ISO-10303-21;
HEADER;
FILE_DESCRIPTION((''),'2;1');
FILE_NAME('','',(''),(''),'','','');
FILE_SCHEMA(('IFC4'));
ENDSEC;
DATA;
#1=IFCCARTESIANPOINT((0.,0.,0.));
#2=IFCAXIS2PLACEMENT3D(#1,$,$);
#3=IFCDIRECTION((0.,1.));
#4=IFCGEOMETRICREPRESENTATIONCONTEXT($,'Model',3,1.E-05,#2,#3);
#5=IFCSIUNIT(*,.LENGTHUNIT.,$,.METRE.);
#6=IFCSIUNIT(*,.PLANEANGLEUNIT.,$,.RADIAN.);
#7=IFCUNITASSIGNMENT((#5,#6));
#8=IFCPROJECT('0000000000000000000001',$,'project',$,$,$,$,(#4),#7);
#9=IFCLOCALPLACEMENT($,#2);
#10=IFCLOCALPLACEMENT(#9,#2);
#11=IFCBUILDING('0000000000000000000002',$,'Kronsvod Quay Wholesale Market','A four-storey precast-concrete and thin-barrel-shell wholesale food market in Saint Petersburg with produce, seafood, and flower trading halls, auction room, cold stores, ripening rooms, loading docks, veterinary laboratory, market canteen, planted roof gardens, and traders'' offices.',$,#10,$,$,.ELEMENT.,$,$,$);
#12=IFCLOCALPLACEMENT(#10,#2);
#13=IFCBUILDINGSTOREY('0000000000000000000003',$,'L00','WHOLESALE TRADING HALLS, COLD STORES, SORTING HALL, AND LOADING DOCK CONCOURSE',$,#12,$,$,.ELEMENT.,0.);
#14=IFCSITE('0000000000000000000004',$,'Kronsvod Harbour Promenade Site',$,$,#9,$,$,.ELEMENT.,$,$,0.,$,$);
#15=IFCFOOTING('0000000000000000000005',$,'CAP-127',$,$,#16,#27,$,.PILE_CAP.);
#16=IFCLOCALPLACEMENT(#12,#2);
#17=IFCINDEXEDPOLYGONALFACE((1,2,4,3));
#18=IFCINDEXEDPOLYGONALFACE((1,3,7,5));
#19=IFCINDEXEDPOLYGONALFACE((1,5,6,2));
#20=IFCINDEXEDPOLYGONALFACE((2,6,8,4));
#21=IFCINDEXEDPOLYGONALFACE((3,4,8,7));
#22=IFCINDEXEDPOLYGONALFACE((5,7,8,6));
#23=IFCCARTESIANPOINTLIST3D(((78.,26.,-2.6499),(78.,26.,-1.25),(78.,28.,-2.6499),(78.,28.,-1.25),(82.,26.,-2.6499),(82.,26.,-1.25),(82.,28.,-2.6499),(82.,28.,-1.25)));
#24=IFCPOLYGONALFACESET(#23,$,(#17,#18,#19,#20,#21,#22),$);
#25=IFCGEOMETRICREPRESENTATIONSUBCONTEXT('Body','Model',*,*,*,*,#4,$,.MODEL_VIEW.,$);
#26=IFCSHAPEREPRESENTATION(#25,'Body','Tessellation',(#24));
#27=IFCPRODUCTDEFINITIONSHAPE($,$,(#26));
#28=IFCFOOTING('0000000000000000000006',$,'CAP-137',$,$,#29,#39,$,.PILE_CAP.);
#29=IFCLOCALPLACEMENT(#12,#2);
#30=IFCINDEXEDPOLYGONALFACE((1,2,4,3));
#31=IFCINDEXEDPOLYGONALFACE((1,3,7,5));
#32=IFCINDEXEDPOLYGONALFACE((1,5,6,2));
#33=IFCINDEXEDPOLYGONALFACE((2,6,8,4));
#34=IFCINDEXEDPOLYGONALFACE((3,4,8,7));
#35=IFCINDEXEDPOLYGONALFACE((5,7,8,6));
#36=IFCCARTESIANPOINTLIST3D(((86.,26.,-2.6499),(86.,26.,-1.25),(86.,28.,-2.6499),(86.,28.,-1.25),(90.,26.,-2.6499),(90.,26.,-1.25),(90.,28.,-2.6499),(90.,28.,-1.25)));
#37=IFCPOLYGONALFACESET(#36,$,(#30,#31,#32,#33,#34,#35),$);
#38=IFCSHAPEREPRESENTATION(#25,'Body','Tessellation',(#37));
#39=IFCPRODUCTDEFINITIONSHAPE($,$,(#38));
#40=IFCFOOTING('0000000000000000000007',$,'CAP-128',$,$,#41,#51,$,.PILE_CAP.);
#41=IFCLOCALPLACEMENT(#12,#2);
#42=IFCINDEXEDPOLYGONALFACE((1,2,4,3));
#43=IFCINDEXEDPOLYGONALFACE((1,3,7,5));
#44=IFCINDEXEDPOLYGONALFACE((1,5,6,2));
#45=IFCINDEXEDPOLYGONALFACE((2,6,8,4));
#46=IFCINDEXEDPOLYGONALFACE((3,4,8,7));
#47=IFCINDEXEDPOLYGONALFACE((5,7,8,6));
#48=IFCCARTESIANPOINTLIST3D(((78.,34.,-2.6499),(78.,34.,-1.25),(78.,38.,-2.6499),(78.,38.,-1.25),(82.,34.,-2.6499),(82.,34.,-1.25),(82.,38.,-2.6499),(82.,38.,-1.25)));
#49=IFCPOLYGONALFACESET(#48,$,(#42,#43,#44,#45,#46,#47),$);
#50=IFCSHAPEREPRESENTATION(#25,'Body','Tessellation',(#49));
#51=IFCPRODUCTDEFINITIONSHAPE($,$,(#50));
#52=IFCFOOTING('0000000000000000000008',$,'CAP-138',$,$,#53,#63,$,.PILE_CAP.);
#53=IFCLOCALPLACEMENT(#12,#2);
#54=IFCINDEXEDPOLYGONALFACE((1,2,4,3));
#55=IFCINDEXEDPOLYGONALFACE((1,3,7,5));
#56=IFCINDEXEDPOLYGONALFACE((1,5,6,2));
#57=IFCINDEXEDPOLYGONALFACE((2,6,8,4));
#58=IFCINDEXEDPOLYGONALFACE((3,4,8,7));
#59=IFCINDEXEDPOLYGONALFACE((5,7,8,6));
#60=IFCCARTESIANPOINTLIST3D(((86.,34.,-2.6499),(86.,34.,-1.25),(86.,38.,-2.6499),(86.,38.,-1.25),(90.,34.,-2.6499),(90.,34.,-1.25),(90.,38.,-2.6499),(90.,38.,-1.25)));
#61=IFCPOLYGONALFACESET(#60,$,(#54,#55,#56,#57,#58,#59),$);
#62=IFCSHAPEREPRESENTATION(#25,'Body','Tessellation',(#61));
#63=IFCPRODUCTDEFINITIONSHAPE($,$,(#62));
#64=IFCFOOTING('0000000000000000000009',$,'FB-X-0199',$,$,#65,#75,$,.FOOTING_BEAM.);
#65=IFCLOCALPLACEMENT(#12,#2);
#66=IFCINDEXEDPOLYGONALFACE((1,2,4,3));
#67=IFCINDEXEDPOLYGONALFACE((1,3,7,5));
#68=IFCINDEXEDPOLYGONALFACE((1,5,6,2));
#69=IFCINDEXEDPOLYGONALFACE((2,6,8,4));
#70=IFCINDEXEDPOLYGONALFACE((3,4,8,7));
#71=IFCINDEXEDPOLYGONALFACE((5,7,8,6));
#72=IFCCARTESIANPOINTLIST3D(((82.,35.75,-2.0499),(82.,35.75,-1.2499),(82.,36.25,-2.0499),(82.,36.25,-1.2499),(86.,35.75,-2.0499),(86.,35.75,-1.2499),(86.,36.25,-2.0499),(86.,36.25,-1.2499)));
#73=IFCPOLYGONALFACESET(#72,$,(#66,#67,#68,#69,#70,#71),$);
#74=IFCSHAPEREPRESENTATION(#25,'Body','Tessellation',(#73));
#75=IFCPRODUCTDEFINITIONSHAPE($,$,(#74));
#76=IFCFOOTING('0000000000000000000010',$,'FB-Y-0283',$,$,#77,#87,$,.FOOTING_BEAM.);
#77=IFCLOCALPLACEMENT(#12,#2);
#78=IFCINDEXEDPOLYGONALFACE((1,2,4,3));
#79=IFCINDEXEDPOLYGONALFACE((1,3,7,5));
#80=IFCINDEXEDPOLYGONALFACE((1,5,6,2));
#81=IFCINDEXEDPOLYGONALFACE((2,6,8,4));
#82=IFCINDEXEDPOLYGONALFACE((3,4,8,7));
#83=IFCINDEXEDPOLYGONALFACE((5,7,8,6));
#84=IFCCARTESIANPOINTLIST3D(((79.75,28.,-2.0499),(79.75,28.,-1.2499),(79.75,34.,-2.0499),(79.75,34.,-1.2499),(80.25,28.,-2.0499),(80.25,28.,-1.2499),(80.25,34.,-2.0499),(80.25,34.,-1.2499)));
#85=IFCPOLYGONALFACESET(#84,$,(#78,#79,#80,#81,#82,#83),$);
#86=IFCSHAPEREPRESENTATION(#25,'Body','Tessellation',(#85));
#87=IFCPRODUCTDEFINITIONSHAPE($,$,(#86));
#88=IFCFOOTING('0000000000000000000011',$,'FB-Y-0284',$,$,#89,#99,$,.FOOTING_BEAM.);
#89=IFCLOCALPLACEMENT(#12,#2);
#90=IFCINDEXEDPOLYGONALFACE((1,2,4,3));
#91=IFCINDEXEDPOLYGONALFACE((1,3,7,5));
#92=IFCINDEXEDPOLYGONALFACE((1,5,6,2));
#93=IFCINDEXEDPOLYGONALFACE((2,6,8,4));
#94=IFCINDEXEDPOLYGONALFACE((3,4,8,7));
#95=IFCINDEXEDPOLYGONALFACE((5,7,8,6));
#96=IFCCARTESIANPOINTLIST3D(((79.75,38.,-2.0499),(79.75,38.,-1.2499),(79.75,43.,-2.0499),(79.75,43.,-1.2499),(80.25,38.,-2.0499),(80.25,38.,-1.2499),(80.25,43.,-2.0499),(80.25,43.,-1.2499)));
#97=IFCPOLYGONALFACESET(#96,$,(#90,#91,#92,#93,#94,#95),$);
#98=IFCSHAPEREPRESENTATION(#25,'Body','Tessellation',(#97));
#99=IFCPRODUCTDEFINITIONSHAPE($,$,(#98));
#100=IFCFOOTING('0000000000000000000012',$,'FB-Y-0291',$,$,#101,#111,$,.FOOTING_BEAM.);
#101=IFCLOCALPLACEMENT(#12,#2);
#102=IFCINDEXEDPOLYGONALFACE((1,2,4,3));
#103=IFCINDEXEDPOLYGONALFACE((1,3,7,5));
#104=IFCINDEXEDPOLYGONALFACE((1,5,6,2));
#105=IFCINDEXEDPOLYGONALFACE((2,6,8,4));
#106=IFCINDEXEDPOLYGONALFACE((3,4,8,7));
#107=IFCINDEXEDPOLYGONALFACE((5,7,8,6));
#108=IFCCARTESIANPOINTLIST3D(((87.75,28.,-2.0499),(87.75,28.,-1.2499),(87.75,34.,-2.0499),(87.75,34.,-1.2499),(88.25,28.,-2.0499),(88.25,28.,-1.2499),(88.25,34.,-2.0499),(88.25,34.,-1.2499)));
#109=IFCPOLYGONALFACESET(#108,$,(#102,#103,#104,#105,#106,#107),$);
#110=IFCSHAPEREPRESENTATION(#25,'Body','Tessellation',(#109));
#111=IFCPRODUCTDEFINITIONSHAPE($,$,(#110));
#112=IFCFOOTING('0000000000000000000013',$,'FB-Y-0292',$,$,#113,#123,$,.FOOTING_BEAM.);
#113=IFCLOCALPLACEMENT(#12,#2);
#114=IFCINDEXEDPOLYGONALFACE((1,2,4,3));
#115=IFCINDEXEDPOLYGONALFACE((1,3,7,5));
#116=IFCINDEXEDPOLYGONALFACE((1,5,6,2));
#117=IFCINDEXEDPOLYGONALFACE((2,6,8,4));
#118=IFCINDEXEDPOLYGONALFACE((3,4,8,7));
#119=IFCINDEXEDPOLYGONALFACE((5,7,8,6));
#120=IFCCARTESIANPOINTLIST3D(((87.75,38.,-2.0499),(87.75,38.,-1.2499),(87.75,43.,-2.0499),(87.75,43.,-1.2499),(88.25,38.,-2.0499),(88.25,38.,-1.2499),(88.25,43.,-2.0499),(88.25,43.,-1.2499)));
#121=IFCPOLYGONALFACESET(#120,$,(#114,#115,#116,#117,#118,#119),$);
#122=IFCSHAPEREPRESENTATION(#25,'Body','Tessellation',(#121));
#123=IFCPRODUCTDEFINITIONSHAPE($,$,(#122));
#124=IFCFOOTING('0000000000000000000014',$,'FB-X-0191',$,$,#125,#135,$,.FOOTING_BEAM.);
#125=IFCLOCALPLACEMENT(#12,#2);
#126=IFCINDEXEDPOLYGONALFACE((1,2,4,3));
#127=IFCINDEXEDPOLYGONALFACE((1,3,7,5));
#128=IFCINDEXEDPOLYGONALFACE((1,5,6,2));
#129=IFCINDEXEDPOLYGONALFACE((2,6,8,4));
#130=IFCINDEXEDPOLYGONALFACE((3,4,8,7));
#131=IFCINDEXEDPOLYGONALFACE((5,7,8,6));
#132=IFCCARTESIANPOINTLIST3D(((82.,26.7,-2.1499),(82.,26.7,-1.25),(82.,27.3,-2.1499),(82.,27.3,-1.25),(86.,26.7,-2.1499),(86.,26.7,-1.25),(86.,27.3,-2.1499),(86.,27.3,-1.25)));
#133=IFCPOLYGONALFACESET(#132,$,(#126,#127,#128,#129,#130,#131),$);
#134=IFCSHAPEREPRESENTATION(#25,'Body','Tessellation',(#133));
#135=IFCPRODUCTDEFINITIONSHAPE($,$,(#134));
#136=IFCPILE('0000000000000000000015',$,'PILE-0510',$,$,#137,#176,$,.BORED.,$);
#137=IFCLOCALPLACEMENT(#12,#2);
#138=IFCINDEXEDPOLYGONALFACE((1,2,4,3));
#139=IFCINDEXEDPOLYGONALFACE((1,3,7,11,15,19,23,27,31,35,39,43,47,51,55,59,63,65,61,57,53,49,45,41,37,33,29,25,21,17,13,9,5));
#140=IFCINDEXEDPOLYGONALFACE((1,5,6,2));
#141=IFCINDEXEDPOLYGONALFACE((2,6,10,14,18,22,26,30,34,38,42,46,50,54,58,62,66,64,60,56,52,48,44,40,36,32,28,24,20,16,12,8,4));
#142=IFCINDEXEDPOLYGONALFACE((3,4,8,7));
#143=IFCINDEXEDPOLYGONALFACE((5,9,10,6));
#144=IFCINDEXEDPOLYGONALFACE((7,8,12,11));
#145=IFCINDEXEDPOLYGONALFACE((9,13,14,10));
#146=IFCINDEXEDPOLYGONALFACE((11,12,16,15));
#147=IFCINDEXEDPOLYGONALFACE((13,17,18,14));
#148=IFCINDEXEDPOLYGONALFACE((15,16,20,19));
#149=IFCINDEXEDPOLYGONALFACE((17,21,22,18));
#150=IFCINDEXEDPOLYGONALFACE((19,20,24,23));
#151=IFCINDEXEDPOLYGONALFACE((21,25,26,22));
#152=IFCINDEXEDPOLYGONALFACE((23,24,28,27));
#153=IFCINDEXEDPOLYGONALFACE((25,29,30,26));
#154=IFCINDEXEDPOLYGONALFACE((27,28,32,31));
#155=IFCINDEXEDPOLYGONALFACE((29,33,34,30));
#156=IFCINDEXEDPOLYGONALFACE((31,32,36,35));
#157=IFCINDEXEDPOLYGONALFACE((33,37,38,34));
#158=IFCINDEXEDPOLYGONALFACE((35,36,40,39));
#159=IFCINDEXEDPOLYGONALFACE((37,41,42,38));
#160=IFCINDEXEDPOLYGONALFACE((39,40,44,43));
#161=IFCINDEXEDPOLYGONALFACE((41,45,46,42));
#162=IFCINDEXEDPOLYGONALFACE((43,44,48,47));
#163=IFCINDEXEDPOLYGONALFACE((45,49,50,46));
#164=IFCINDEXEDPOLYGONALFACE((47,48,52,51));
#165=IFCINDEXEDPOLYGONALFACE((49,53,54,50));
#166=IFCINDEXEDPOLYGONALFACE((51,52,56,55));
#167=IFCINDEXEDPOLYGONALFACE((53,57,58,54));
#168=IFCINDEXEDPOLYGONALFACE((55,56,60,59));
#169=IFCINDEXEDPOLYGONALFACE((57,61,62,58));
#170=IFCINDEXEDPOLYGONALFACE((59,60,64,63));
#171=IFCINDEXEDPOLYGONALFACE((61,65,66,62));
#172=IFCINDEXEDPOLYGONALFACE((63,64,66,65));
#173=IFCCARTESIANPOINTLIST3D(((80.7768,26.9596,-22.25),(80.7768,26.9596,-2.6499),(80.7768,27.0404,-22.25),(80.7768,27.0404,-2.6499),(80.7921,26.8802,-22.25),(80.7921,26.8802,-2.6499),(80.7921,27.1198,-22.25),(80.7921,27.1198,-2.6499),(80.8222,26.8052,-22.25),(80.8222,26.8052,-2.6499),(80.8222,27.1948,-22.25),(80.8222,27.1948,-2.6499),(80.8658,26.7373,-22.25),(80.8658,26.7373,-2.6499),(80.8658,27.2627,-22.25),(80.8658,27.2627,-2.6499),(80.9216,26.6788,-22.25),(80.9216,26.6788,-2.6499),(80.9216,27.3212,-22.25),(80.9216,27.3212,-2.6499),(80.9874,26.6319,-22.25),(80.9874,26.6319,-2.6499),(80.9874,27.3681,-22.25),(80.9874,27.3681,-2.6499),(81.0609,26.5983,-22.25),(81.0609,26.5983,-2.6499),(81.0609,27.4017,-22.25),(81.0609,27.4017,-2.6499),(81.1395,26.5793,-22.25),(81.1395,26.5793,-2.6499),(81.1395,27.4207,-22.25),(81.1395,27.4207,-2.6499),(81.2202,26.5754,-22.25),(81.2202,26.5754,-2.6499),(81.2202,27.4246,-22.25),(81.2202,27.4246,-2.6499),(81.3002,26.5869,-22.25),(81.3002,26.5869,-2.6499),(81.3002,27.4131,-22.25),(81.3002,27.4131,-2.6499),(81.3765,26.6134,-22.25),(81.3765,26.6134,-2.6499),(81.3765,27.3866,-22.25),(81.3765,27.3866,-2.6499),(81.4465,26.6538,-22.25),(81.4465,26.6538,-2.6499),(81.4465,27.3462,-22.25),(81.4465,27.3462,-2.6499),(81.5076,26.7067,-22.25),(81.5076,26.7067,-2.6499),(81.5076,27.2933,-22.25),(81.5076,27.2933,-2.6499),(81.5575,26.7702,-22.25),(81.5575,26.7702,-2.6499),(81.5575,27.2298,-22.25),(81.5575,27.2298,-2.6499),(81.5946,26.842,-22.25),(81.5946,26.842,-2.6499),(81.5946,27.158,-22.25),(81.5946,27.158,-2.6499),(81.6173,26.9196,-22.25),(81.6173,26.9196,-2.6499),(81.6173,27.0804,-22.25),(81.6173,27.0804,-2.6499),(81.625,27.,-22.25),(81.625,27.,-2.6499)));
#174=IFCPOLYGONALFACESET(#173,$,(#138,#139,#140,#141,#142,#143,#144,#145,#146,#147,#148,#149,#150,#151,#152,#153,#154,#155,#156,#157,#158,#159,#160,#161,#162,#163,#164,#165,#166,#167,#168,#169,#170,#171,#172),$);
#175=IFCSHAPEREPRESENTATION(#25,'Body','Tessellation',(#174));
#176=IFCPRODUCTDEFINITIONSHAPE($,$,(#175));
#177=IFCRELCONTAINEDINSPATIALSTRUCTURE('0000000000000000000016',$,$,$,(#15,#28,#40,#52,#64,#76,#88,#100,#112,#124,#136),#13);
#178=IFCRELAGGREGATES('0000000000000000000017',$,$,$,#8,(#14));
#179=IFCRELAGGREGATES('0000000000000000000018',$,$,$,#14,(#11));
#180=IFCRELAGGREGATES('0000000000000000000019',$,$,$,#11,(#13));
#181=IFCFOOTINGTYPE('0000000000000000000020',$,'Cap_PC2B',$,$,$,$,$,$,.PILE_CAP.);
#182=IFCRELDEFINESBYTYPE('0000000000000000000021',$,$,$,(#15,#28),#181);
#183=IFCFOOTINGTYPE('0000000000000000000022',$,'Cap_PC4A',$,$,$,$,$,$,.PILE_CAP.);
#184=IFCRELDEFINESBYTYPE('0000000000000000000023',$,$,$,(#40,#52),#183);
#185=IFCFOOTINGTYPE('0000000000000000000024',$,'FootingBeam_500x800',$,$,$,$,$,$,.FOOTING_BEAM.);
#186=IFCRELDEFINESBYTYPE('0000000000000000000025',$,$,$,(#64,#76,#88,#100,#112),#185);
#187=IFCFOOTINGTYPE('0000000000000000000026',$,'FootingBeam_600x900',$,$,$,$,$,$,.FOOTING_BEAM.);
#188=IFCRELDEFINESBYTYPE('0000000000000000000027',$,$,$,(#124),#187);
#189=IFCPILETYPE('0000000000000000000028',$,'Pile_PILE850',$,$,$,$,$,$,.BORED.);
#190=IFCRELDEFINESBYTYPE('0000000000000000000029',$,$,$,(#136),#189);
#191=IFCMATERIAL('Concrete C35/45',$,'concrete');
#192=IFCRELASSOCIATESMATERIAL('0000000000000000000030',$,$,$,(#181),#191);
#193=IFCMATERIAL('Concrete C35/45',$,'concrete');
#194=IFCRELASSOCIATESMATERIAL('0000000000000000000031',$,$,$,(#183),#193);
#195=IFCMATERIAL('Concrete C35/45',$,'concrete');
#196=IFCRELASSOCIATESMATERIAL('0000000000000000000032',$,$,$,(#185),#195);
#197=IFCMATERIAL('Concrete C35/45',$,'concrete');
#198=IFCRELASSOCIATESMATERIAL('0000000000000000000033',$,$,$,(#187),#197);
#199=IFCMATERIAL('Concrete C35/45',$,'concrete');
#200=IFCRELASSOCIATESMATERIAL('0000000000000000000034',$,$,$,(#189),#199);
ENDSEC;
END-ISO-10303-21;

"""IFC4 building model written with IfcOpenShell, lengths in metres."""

from ifc_helpers import new_model, si_unit, direction, frame, origin, origin_2d, place, context, subcontext, project, spatial, rectangle, circle, extrude, material, material_profile, profile_set, type_object, element, save


model = new_model("IFC4")

# Units and contexts
model_context = context("Model", 3, precision=1e-05, world=origin(), true_north=direction((0.0, 1.0)))
body_context = subcontext(model_context, "Body", "Model", "MODEL_VIEW")
ifc_project = project(units=[si_unit("LENGTHUNIT", "METRE"), si_unit("PLANEANGLEUNIT", "RADIAN")], contexts=[model_context])

# Site, building, storey
site_placement = place(None, origin())
site = spatial("IfcSite", under=ifc_project, at=site_placement, Name="Kronsvod Harbour Promenade Site", CompositionType="ELEMENT", RefElevation=0.0)
building_placement = place(site_placement, origin())
building = spatial("IfcBuilding", under=site, at=building_placement, Name="Kronsvod Quay Wholesale Market", Description="A four-storey precast-concrete and thin-barrel-shell wholesale food market in Saint Petersburg with produce, seafood, and flower trading halls, auction room, cold stores, ripening rooms, loading docks, veterinary laboratory, market canteen, planted roof gardens, and traders' offices.", CompositionType="ELEMENT")
storey_placement = place(building_placement, origin())
storey = spatial("IfcBuildingStorey", under=building, at=storey_placement, Name="L00", Description="WHOLESALE TRADING HALLS, COLD STORES, SORTING HALL, AND LOADING DOCK CONCOURSE", CompositionType="ELEMENT", Elevation=0.0)

# Footings
ifc_material_1 = material(Name="Concrete C35/45", Category="concrete")
footing_type_1 = type_object("IfcFootingType", Name="Cap_PC2B", PredefinedType="PILE_CAP", material=ifc_material_1)
for number, where, z_axis, x_axis, name in (
    (1, (80.0, 27.0, -2.6499), (0.0, 0.0, 1.0), (1.0, 0.0, 0.0), "CAP-127"),
    (2, (88.0, 27.0, -2.6499), (0.0, 0.0, 1.0), (1.0, 0.0, 0.0), "CAP-137"),
):
    element("IfcFooting", number, at=place(storey_placement, frame(where, z_axis=z_axis, x_axis=x_axis)), inside=storey, type_object=footing_type_1, Name=name, PredefinedType="PILE_CAP", context=body_context, shape_type="SweptSolid", body=[
        extrude(rectangle(XDim=4.0, YDim=2.0, at=origin_2d()), origin(), (0.0, 0.0, 1.0), 1.3999),
    ])
ifc_material_2 = material(Name="Concrete C35/45", Category="concrete")
footing_type_2 = type_object("IfcFootingType", Name="Cap_PC4A", PredefinedType="PILE_CAP", material=ifc_material_2)
for number, where, z_axis, x_axis, name in (
    (3, (80.0, 36.0, -2.6499), (0.0, 0.0, 1.0), (1.0, 0.0, 0.0), "CAP-128"),
    (4, (88.0, 36.0, -2.6499), (0.0, 0.0, 1.0), (1.0, 0.0, 0.0), "CAP-138"),
):
    element("IfcFooting", number, at=place(storey_placement, frame(where, z_axis=z_axis, x_axis=x_axis)), inside=storey, type_object=footing_type_2, Name=name, PredefinedType="PILE_CAP", context=body_context, shape_type="SweptSolid", body=[
        extrude(rectangle(XDim=4.0, YDim=4.0, at=origin_2d()), origin(), (0.0, 0.0, 1.0), 1.3999),
    ])
ifc_material_3 = material(Name="Concrete C35/45", Category="concrete")
ifc_material_profile_1 = material_profile(ifc_material_3, rectangle(XDim=0.5, YDim=0.8, at=origin_2d()), Name="FB-01")
ifc_profile_set_1 = profile_set([ifc_material_profile_1], Name="Concrete C35/45")
footing_type_3 = type_object("IfcFootingType", Name="FootingBeam_500x800", PredefinedType="FOOTING_BEAM", material=ifc_profile_set_1)
footing_1_placement = place(storey_placement, frame((82.0, 36.0, -1.6499), z_axis=(1.0, 0.0, 0.0), x_axis=(0.0, 1.0, 0.0)))
element("IfcFooting", 5, at=footing_1_placement, inside=storey, type_object=footing_type_3, Name="FB-X-0199", PredefinedType="FOOTING_BEAM", context=body_context, shape_type="SweptSolid", body=[
    extrude(rectangle(XDim=0.5, YDim=0.8, at=origin_2d()), origin(), (0.0, 0.0, 1.0), 4.0),
])
footing_2_placement = place(storey_placement, frame((80.0, 28.0, -1.6499), z_axis=(0.0, 1.0, 0.0), x_axis=(-1.0, 0.0, 0.0)))
element("IfcFooting", 6, at=footing_2_placement, inside=storey, type_object=footing_type_3, Name="FB-Y-0283", PredefinedType="FOOTING_BEAM", context=body_context, shape_type="SweptSolid", body=[
    extrude(rectangle(XDim=0.5, YDim=0.8, at=origin_2d()), origin(), (0.0, 0.0, 1.0), 6.0),
])
footing_3_placement = place(storey_placement, frame((80.0, 38.0, -1.6499), z_axis=(0.0, 1.0, 0.0), x_axis=(-1.0, 0.0, 0.0)))
element("IfcFooting", 7, at=footing_3_placement, inside=storey, type_object=footing_type_3, Name="FB-Y-0284", PredefinedType="FOOTING_BEAM", context=body_context, shape_type="SweptSolid", body=[
    extrude(rectangle(XDim=0.5, YDim=0.8, at=origin_2d()), origin(), (0.0, 0.0, 1.0), 5.0),
])
footing_4_placement = place(storey_placement, frame((88.0, 28.0, -1.6499), z_axis=(0.0, 1.0, 0.0), x_axis=(-1.0, 0.0, 0.0)))
element("IfcFooting", 8, at=footing_4_placement, inside=storey, type_object=footing_type_3, Name="FB-Y-0291", PredefinedType="FOOTING_BEAM", context=body_context, shape_type="SweptSolid", body=[
    extrude(rectangle(XDim=0.5, YDim=0.8, at=origin_2d()), origin(), (0.0, 0.0, 1.0), 6.0),
])
footing_5_placement = place(storey_placement, frame((88.0, 38.0, -1.6499), z_axis=(0.0, 1.0, 0.0), x_axis=(-1.0, 0.0, 0.0)))
element("IfcFooting", 9, at=footing_5_placement, inside=storey, type_object=footing_type_3, Name="FB-Y-0292", PredefinedType="FOOTING_BEAM", context=body_context, shape_type="SweptSolid", body=[
    extrude(rectangle(XDim=0.5, YDim=0.8, at=origin_2d()), origin(), (0.0, 0.0, 1.0), 5.0),
])
ifc_material_4 = material(Name="Concrete C35/45", Category="concrete")
ifc_material_profile_2 = material_profile(ifc_material_4, rectangle(XDim=0.6001, YDim=0.8999, at=origin_2d()), Name="FB-02")
ifc_profile_set_2 = profile_set([ifc_material_profile_2], Name="Concrete C35/45")
footing_type_4 = type_object("IfcFootingType", Name="FootingBeam_600x900", PredefinedType="FOOTING_BEAM", material=ifc_profile_set_2)
footing_6_placement = place(storey_placement, frame((82.0, 27.0, -1.7), z_axis=(1.0, 0.0, 0.0), x_axis=(0.0, 1.0, 0.0)))
element("IfcFooting", 10, at=footing_6_placement, inside=storey, type_object=footing_type_4, Name="FB-X-0191", PredefinedType="FOOTING_BEAM", context=body_context, shape_type="SweptSolid", body=[
    extrude(rectangle(XDim=0.6001, YDim=0.8999, at=origin_2d()), origin(), (0.0, 0.0, 1.0), 4.0),
])

# Pile
ifc_material_5 = material(Name="Concrete C35/45", Category="concrete")
ifc_material_profile_3 = material_profile(ifc_material_5, circle(Radius=0.425, at=origin_2d()), Name="PILE850")
ifc_profile_set_3 = profile_set([ifc_material_profile_3], Name="Concrete C35/45")
pile_type_1 = type_object("IfcPileType", Name="Pile_PILE850", PredefinedType="BORED", material=ifc_profile_set_3)
for number, where, z_axis, x_axis, name in (
    (11, (81.2, 27.0, -2.6499), (0.0, 0.0, -1.0), (1.0, 0.0, 0.0), "PILE-0510"),
):
    element("IfcPile", number, at=place(storey_placement, frame(where, z_axis=z_axis, x_axis=x_axis)), inside=storey, type_object=pile_type_1, Name=name, PredefinedType="BORED", context=body_context, shape_type="SweptSolid", body=[
        extrude(circle(Radius=0.425, at=origin_2d()), origin(), (0.0, 0.0, 1.0), 19.6001),
    ])

save(model, "model.ifc")
